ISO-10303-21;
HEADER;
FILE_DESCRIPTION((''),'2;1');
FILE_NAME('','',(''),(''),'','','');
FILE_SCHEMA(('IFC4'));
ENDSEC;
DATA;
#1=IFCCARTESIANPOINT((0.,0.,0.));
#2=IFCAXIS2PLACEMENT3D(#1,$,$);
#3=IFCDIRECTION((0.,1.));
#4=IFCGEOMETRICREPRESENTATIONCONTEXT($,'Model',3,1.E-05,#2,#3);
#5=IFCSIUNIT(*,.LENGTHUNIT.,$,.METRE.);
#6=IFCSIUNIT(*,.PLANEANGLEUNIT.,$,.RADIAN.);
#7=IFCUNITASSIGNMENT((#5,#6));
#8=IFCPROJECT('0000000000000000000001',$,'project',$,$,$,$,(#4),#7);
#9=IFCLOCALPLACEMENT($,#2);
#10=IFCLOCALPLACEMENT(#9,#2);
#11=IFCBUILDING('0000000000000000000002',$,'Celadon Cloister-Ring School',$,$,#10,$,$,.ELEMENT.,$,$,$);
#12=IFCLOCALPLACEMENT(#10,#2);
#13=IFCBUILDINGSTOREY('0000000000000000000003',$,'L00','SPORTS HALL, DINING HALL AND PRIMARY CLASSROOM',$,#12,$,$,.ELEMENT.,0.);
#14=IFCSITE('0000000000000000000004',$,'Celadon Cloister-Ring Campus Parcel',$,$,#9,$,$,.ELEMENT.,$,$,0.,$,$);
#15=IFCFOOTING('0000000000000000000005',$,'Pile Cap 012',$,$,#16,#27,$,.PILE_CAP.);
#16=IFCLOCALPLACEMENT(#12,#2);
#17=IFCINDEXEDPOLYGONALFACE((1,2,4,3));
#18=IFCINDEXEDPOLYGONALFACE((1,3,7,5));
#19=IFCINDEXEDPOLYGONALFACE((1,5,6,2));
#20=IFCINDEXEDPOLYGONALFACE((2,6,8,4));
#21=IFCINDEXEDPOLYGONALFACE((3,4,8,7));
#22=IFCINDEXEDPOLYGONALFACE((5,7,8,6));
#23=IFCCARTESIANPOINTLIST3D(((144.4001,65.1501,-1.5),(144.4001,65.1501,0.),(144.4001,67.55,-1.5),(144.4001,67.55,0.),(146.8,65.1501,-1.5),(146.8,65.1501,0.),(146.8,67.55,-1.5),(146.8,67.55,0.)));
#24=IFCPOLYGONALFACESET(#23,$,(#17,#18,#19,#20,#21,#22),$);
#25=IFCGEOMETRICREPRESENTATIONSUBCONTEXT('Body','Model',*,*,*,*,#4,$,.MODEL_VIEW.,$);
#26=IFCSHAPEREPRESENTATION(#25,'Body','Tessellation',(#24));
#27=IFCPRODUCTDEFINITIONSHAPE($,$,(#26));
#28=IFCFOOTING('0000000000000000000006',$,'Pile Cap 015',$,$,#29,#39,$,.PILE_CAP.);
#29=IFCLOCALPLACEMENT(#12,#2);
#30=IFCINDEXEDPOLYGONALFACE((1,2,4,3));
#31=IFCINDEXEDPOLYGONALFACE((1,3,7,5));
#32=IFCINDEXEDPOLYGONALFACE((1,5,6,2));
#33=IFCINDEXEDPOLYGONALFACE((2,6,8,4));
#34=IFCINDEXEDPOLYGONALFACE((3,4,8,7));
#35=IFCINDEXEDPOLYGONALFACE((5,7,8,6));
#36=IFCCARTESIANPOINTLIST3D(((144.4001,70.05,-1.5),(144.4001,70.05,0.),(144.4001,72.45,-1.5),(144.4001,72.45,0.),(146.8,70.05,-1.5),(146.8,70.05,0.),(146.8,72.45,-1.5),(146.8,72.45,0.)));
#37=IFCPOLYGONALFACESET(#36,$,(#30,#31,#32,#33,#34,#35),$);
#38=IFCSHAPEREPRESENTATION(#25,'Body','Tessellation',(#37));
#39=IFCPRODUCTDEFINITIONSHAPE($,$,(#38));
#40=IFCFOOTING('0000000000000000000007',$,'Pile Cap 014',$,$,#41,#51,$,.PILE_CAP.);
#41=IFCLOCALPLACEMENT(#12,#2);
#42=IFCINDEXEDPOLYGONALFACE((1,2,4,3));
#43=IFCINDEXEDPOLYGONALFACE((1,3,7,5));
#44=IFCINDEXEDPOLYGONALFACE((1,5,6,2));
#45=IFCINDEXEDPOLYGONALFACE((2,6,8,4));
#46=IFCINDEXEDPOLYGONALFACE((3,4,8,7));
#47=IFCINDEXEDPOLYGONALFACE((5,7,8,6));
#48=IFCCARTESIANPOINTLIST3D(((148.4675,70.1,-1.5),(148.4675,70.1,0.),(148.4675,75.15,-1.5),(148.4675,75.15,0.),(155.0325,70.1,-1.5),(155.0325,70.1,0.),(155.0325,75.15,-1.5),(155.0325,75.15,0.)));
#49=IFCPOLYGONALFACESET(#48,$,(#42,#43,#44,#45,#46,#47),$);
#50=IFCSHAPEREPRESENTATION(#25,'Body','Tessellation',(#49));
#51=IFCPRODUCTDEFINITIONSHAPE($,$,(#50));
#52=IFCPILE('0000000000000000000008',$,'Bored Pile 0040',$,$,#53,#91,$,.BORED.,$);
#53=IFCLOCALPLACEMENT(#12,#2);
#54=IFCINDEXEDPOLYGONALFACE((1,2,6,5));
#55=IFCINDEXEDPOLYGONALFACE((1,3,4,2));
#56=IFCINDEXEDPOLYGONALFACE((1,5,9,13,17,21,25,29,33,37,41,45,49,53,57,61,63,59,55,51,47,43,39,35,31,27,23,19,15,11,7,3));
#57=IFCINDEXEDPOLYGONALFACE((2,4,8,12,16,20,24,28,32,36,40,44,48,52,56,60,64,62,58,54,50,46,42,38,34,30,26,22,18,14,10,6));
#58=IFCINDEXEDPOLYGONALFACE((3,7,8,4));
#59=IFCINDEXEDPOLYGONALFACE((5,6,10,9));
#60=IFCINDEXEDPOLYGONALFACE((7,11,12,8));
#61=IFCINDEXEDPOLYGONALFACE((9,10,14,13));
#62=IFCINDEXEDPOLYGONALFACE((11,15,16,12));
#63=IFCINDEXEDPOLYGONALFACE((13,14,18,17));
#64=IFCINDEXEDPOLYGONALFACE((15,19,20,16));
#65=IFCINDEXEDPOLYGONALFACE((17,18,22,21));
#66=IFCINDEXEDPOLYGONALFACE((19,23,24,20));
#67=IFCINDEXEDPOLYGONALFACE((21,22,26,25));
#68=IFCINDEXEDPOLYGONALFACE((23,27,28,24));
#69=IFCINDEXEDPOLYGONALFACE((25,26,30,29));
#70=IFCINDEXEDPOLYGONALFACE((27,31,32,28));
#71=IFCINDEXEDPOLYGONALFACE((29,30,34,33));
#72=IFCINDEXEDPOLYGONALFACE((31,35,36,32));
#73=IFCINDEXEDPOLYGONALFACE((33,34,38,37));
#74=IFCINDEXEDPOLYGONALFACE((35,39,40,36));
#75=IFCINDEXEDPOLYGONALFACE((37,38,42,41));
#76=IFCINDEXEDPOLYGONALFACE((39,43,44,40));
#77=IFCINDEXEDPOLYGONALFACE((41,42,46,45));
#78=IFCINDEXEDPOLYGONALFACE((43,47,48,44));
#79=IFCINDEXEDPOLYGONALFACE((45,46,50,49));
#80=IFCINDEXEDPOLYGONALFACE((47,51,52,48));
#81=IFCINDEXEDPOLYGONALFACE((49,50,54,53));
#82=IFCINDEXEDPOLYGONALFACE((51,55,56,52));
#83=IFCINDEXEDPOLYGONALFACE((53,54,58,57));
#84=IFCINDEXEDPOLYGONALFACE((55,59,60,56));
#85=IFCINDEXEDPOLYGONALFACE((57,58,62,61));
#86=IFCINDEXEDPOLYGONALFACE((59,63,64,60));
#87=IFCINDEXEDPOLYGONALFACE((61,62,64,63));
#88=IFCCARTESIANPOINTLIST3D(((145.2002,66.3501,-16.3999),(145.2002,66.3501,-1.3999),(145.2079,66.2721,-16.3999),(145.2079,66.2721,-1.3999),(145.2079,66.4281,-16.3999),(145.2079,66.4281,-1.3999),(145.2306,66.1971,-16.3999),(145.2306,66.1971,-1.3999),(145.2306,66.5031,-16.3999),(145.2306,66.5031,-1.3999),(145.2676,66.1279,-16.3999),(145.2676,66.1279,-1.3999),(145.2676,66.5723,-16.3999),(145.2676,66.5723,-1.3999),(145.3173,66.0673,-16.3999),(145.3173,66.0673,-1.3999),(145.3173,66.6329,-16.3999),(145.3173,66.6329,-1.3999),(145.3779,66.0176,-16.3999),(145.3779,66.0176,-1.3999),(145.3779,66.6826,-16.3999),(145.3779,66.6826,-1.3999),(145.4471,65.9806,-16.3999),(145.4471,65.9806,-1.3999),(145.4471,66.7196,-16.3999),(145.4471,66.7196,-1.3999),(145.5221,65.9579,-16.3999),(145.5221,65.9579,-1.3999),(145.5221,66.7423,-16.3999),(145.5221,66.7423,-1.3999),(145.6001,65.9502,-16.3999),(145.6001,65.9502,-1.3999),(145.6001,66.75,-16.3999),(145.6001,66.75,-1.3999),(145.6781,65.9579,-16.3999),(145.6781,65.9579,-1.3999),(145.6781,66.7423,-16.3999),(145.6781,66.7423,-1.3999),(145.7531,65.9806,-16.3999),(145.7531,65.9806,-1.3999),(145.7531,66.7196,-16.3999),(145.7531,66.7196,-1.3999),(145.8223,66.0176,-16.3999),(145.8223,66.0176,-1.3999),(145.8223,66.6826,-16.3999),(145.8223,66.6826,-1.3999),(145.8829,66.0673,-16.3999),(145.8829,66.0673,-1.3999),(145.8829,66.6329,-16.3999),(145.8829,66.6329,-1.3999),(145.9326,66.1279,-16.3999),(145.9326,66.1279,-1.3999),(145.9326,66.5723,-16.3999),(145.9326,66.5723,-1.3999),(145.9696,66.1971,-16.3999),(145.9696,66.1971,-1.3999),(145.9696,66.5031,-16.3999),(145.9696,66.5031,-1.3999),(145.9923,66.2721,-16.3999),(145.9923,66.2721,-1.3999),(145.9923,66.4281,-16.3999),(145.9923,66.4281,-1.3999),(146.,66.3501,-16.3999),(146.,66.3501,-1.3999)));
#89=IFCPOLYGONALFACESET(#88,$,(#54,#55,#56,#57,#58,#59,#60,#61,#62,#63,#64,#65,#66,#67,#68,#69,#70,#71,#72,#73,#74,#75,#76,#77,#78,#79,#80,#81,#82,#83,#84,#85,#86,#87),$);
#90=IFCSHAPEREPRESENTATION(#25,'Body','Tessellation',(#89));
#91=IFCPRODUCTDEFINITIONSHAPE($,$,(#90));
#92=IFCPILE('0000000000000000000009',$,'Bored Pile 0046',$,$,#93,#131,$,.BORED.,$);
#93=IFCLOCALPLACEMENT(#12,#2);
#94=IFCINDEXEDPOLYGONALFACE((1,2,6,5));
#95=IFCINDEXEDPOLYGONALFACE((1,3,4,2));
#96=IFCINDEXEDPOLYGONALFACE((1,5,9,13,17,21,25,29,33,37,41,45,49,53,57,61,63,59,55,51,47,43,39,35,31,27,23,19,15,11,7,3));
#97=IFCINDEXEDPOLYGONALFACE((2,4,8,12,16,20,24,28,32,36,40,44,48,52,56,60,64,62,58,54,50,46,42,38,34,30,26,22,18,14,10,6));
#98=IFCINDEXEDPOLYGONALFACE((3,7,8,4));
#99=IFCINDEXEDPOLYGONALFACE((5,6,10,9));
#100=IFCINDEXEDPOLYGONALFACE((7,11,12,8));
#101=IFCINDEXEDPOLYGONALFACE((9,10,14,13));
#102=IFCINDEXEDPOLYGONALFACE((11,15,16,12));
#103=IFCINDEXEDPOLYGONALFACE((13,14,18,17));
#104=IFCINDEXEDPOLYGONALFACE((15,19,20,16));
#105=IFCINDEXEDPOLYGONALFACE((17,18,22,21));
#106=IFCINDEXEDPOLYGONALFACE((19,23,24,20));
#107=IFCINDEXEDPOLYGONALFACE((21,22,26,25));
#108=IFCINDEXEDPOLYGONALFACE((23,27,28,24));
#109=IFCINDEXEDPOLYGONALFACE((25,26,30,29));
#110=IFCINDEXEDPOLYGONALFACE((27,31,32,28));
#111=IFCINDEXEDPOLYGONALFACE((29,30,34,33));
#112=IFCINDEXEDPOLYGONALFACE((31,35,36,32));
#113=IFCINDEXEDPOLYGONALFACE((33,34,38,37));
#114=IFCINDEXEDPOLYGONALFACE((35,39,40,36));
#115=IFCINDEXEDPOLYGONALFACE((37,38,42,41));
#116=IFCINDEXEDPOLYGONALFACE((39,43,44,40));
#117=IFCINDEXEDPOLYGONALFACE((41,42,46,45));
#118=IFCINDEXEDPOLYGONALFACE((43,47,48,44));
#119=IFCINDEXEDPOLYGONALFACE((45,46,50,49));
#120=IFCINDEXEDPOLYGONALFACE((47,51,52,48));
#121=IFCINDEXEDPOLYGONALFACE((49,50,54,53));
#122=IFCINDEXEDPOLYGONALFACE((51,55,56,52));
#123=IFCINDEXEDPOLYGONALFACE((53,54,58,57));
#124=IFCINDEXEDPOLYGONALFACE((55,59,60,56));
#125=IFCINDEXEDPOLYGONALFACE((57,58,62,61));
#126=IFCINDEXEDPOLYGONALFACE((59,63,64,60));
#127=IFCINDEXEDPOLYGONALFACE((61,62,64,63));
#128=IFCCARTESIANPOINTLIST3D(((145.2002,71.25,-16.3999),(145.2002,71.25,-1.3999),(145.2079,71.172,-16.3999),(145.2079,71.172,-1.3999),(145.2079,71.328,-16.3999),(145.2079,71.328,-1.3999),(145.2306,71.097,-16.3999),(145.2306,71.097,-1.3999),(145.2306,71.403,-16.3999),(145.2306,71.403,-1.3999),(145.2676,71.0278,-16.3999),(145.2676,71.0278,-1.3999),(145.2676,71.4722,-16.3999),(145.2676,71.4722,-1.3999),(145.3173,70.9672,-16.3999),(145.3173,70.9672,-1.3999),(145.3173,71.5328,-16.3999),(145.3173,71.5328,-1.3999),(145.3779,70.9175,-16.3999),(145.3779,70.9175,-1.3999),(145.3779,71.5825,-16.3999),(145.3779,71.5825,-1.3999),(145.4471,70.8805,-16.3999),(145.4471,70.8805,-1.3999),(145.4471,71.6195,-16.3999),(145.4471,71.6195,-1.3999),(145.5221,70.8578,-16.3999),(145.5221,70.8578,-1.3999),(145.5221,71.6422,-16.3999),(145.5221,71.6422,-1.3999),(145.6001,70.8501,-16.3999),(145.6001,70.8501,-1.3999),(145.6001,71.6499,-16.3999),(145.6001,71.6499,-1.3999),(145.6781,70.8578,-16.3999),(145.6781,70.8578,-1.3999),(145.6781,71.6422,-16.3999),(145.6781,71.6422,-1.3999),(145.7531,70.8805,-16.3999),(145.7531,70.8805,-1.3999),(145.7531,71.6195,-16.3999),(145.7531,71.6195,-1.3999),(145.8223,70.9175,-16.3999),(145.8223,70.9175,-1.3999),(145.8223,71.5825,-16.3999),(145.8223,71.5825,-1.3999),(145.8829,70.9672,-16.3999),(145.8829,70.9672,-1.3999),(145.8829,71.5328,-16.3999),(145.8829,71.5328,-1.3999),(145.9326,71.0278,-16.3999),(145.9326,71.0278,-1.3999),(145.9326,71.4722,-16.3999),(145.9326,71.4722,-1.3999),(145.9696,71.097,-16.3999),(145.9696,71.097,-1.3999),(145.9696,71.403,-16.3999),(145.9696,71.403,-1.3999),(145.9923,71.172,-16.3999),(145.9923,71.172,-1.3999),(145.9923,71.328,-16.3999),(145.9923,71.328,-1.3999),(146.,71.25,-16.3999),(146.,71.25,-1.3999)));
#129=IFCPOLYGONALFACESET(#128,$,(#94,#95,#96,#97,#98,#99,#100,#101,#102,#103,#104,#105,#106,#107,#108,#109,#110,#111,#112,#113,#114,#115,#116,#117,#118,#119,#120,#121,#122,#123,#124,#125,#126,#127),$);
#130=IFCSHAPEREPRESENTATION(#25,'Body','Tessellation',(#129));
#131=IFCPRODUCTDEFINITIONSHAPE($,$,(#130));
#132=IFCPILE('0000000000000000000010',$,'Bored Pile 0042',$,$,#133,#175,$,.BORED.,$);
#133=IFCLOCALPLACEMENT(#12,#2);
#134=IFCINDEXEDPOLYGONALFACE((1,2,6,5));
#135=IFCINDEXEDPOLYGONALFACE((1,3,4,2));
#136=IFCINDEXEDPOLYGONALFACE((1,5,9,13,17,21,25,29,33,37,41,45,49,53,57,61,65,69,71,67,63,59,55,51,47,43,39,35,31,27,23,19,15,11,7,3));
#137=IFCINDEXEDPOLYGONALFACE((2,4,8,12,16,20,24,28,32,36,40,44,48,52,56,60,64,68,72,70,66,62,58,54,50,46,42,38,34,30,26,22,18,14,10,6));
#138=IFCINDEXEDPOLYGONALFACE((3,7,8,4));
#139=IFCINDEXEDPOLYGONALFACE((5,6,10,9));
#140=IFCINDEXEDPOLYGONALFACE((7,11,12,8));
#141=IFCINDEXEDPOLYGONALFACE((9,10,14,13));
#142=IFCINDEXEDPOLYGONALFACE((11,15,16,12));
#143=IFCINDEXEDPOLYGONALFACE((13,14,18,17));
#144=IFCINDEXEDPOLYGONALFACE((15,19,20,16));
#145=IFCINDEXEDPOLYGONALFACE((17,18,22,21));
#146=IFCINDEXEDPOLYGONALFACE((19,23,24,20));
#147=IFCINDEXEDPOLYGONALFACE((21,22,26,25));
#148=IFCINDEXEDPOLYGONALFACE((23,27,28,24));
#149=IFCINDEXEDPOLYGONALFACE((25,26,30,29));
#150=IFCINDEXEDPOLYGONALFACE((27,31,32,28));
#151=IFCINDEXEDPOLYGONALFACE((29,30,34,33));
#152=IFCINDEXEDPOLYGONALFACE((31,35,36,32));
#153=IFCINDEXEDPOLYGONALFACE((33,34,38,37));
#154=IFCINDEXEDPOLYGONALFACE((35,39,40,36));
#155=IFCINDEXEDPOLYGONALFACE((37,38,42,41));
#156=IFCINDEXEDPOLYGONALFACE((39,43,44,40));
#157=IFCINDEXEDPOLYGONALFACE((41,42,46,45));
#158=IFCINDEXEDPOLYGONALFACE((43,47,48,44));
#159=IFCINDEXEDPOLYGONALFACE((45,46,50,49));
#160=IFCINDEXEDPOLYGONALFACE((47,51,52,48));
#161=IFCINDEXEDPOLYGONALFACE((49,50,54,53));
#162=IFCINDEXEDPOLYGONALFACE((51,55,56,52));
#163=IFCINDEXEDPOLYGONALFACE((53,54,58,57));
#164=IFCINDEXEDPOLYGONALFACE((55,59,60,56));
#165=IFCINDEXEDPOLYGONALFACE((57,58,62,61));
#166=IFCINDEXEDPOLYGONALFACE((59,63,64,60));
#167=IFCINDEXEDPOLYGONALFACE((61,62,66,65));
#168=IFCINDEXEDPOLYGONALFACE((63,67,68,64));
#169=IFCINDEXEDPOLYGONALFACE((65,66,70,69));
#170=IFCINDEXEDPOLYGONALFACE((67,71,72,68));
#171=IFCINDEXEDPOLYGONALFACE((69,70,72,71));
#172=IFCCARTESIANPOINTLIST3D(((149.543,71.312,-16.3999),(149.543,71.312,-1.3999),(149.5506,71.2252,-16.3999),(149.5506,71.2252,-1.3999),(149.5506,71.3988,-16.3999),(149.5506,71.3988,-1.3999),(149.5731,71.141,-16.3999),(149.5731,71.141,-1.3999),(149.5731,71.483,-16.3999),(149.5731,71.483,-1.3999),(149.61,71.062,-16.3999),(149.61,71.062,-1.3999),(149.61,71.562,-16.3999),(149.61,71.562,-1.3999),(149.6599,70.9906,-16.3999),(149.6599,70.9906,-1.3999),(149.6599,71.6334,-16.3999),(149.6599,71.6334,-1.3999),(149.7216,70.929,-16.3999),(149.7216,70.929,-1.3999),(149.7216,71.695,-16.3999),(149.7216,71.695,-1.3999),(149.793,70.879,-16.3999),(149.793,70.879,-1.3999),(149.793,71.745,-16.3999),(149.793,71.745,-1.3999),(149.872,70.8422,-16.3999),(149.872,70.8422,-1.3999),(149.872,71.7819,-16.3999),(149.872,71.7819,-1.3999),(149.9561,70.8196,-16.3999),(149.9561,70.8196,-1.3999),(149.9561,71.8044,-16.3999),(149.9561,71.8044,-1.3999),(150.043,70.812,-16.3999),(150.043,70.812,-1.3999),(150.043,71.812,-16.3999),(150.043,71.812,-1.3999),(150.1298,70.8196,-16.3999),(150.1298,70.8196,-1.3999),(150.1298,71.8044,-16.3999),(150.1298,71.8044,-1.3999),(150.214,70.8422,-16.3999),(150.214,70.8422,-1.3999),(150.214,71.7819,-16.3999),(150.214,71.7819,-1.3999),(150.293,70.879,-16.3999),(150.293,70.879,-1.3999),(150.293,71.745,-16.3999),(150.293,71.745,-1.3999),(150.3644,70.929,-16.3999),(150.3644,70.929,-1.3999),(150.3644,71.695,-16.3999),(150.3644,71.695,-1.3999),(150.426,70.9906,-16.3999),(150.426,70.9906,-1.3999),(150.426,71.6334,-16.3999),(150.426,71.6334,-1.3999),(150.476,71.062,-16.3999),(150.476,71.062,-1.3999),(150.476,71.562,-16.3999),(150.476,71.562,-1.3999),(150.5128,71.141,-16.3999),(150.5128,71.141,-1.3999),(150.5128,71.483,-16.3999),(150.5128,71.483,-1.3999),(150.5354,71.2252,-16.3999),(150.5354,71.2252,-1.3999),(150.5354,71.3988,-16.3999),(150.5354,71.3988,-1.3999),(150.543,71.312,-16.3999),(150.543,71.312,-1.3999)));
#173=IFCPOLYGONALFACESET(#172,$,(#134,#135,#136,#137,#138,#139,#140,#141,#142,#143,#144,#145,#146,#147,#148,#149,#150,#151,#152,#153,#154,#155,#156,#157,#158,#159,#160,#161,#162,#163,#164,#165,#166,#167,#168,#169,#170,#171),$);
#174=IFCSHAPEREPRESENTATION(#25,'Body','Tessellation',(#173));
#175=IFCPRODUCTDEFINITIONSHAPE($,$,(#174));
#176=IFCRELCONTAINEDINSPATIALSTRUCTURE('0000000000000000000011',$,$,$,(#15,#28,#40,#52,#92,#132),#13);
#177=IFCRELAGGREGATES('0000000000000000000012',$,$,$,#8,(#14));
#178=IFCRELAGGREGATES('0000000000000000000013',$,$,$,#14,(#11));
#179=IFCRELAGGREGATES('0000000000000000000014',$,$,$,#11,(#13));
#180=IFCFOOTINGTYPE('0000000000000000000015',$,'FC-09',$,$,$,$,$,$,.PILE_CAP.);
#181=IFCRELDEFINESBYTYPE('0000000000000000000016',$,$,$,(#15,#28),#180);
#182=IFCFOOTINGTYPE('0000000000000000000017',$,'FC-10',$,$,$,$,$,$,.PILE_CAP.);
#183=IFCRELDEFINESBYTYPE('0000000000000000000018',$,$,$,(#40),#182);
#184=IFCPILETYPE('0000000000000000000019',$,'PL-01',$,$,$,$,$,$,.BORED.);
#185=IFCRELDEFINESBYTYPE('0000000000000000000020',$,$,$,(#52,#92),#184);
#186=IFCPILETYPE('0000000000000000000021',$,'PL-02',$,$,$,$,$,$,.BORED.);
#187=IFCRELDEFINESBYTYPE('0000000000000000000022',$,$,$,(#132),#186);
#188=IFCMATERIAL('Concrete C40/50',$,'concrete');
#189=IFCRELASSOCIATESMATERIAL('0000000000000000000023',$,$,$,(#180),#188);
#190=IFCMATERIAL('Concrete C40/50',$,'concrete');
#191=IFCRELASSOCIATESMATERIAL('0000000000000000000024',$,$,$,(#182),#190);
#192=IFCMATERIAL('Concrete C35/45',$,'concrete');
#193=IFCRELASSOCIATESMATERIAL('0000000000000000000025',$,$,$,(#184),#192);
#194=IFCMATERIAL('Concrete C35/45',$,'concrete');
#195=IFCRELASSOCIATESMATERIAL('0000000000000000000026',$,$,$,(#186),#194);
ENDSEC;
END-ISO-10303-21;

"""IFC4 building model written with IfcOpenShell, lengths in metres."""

from ifc_helpers import new_model, si_unit, direction, frame, origin, origin_2d, place, context, subcontext, project, spatial, rectangle, circle, extrude, material, material_profile, profile_set, type_object, element, save


model = new_model("IFC4")

# Units and contexts
model_context = context("Model", 3, precision=1e-05, world=origin(), true_north=direction((0.0, 1.0)))
body_context = subcontext(model_context, "Body", "Model", "MODEL_VIEW")
ifc_project = project(units=[si_unit("LENGTHUNIT", "METRE"), si_unit("PLANEANGLEUNIT", "RADIAN")], contexts=[model_context])

# Site, building, storey
site_placement = place(None, origin())
site = spatial("IfcSite", under=ifc_project, at=site_placement, Name="Celadon Cloister-Ring Campus Parcel", CompositionType="ELEMENT", RefElevation=0.0)
building_placement = place(site_placement, origin())
building = spatial("IfcBuilding", under=site, at=building_placement, Name="Celadon Cloister-Ring School", CompositionType="ELEMENT")
storey_placement = place(building_placement, origin())
storey = spatial("IfcBuildingStorey", under=building, at=storey_placement, Name="L00", Description="SPORTS HALL, DINING HALL AND PRIMARY CLASSROOM", CompositionType="ELEMENT", Elevation=0.0)

# Footings
ifc_material_1 = material(Name="Concrete C40/50", Category="concrete")
footing_type_1 = type_object("IfcFootingType", Name="FC-09", PredefinedType="PILE_CAP", material=ifc_material_1)
for number, where, z_axis, x_axis, name in (
    (1, (145.6001, 66.3501, -1.5), (0.0, 0.0, 1.0), (1.0, 0.0, 0.0), "Pile Cap 012"),
    (2, (145.6001, 71.25, -1.5), (0.0, 0.0, 1.0), (1.0, 0.0, 0.0), "Pile Cap 015"),
):
    element("IfcFooting", number, at=place(storey_placement, frame(where, z_axis=z_axis, x_axis=x_axis)), inside=storey, type_object=footing_type_1, Name=name, PredefinedType="PILE_CAP", context=body_context, shape_type="SweptSolid", body=[
        extrude(rectangle(XDim=2.3999, YDim=2.3999, at=origin_2d()), origin(), (0.0, 0.0, 1.0), 1.5),
    ])
ifc_material_2 = material(Name="Concrete C40/50", Category="concrete")
footing_type_2 = type_object("IfcFootingType", Name="FC-10", PredefinedType="PILE_CAP", material=ifc_material_2)
footing_placement = place(storey_placement, frame((151.75, 72.625, -1.5), z_axis=(0.0, 0.0, 1.0), x_axis=(1.0, 0.0, 0.0)))
element("IfcFooting", 3, at=footing_placement, inside=storey, type_object=footing_type_2, Name="Pile Cap 014", PredefinedType="PILE_CAP", context=body_context, shape_type="SweptSolid", body=[
    extrude(rectangle(XDim=6.5649, YDim=5.05, at=origin_2d()), origin(), (0.0, 0.0, 1.0), 1.5),
])

# Piles
ifc_material_3 = material(Name="Concrete C35/45", Category="concrete")
ifc_material_profile_1 = material_profile(ifc_material_3, circle(Radius=0.3999, at=origin_2d()), Name="PILE800")
ifc_profile_set_1 = profile_set([ifc_material_profile_1], Name="Concrete C35/45")
pile_type_1 = type_object("IfcPileType", Name="PL-01", PredefinedType="BORED", material=ifc_profile_set_1)
for number, where, z_axis, x_axis, name in (
    (4, (145.6001, 66.3501, -1.3999), (0.0, 0.0, -1.0), (1.0, 0.0, 0.0), "Bored Pile 0040"),
    (5, (145.6001, 71.25, -1.3999), (0.0, 0.0, -1.0), (1.0, 0.0, 0.0), "Bored Pile 0046"),
):
    element("IfcPile", number, at=place(storey_placement, frame(where, z_axis=z_axis, x_axis=x_axis)), inside=storey, type_object=pile_type_1, Name=name, PredefinedType="BORED", context=body_context, shape_type="SweptSolid", body=[
        extrude(circle(Radius=0.3999, at=origin_2d()), origin(), (0.0, 0.0, 1.0), 15.0),
    ])
ifc_material_4 = material(Name="Concrete C35/45", Category="concrete")
ifc_material_profile_2 = material_profile(ifc_material_4, circle(Radius=0.5, at=origin_2d()), Name="PILE1000")
ifc_profile_set_2 = profile_set([ifc_material_profile_2], Name="Concrete C35/45")
pile_type_2 = type_object("IfcPileType", Name="PL-02", PredefinedType="BORED", material=ifc_profile_set_2)
for number, where, z_axis, x_axis, name in (
    (6, (150.043, 71.312, -1.3999), (0.0, 0.0, -1.0), (1.0, 0.0, 0.0), "Bored Pile 0042"),
):
    element("IfcPile", number, at=place(storey_placement, frame(where, z_axis=z_axis, x_axis=x_axis)), inside=storey, type_object=pile_type_2, Name=name, PredefinedType="BORED", context=body_context, shape_type="SweptSolid", body=[
        extrude(circle(Radius=0.5, at=origin_2d()), origin(), (0.0, 0.0, 1.0), 15.0),
    ])

save(model, "model.ifc")
